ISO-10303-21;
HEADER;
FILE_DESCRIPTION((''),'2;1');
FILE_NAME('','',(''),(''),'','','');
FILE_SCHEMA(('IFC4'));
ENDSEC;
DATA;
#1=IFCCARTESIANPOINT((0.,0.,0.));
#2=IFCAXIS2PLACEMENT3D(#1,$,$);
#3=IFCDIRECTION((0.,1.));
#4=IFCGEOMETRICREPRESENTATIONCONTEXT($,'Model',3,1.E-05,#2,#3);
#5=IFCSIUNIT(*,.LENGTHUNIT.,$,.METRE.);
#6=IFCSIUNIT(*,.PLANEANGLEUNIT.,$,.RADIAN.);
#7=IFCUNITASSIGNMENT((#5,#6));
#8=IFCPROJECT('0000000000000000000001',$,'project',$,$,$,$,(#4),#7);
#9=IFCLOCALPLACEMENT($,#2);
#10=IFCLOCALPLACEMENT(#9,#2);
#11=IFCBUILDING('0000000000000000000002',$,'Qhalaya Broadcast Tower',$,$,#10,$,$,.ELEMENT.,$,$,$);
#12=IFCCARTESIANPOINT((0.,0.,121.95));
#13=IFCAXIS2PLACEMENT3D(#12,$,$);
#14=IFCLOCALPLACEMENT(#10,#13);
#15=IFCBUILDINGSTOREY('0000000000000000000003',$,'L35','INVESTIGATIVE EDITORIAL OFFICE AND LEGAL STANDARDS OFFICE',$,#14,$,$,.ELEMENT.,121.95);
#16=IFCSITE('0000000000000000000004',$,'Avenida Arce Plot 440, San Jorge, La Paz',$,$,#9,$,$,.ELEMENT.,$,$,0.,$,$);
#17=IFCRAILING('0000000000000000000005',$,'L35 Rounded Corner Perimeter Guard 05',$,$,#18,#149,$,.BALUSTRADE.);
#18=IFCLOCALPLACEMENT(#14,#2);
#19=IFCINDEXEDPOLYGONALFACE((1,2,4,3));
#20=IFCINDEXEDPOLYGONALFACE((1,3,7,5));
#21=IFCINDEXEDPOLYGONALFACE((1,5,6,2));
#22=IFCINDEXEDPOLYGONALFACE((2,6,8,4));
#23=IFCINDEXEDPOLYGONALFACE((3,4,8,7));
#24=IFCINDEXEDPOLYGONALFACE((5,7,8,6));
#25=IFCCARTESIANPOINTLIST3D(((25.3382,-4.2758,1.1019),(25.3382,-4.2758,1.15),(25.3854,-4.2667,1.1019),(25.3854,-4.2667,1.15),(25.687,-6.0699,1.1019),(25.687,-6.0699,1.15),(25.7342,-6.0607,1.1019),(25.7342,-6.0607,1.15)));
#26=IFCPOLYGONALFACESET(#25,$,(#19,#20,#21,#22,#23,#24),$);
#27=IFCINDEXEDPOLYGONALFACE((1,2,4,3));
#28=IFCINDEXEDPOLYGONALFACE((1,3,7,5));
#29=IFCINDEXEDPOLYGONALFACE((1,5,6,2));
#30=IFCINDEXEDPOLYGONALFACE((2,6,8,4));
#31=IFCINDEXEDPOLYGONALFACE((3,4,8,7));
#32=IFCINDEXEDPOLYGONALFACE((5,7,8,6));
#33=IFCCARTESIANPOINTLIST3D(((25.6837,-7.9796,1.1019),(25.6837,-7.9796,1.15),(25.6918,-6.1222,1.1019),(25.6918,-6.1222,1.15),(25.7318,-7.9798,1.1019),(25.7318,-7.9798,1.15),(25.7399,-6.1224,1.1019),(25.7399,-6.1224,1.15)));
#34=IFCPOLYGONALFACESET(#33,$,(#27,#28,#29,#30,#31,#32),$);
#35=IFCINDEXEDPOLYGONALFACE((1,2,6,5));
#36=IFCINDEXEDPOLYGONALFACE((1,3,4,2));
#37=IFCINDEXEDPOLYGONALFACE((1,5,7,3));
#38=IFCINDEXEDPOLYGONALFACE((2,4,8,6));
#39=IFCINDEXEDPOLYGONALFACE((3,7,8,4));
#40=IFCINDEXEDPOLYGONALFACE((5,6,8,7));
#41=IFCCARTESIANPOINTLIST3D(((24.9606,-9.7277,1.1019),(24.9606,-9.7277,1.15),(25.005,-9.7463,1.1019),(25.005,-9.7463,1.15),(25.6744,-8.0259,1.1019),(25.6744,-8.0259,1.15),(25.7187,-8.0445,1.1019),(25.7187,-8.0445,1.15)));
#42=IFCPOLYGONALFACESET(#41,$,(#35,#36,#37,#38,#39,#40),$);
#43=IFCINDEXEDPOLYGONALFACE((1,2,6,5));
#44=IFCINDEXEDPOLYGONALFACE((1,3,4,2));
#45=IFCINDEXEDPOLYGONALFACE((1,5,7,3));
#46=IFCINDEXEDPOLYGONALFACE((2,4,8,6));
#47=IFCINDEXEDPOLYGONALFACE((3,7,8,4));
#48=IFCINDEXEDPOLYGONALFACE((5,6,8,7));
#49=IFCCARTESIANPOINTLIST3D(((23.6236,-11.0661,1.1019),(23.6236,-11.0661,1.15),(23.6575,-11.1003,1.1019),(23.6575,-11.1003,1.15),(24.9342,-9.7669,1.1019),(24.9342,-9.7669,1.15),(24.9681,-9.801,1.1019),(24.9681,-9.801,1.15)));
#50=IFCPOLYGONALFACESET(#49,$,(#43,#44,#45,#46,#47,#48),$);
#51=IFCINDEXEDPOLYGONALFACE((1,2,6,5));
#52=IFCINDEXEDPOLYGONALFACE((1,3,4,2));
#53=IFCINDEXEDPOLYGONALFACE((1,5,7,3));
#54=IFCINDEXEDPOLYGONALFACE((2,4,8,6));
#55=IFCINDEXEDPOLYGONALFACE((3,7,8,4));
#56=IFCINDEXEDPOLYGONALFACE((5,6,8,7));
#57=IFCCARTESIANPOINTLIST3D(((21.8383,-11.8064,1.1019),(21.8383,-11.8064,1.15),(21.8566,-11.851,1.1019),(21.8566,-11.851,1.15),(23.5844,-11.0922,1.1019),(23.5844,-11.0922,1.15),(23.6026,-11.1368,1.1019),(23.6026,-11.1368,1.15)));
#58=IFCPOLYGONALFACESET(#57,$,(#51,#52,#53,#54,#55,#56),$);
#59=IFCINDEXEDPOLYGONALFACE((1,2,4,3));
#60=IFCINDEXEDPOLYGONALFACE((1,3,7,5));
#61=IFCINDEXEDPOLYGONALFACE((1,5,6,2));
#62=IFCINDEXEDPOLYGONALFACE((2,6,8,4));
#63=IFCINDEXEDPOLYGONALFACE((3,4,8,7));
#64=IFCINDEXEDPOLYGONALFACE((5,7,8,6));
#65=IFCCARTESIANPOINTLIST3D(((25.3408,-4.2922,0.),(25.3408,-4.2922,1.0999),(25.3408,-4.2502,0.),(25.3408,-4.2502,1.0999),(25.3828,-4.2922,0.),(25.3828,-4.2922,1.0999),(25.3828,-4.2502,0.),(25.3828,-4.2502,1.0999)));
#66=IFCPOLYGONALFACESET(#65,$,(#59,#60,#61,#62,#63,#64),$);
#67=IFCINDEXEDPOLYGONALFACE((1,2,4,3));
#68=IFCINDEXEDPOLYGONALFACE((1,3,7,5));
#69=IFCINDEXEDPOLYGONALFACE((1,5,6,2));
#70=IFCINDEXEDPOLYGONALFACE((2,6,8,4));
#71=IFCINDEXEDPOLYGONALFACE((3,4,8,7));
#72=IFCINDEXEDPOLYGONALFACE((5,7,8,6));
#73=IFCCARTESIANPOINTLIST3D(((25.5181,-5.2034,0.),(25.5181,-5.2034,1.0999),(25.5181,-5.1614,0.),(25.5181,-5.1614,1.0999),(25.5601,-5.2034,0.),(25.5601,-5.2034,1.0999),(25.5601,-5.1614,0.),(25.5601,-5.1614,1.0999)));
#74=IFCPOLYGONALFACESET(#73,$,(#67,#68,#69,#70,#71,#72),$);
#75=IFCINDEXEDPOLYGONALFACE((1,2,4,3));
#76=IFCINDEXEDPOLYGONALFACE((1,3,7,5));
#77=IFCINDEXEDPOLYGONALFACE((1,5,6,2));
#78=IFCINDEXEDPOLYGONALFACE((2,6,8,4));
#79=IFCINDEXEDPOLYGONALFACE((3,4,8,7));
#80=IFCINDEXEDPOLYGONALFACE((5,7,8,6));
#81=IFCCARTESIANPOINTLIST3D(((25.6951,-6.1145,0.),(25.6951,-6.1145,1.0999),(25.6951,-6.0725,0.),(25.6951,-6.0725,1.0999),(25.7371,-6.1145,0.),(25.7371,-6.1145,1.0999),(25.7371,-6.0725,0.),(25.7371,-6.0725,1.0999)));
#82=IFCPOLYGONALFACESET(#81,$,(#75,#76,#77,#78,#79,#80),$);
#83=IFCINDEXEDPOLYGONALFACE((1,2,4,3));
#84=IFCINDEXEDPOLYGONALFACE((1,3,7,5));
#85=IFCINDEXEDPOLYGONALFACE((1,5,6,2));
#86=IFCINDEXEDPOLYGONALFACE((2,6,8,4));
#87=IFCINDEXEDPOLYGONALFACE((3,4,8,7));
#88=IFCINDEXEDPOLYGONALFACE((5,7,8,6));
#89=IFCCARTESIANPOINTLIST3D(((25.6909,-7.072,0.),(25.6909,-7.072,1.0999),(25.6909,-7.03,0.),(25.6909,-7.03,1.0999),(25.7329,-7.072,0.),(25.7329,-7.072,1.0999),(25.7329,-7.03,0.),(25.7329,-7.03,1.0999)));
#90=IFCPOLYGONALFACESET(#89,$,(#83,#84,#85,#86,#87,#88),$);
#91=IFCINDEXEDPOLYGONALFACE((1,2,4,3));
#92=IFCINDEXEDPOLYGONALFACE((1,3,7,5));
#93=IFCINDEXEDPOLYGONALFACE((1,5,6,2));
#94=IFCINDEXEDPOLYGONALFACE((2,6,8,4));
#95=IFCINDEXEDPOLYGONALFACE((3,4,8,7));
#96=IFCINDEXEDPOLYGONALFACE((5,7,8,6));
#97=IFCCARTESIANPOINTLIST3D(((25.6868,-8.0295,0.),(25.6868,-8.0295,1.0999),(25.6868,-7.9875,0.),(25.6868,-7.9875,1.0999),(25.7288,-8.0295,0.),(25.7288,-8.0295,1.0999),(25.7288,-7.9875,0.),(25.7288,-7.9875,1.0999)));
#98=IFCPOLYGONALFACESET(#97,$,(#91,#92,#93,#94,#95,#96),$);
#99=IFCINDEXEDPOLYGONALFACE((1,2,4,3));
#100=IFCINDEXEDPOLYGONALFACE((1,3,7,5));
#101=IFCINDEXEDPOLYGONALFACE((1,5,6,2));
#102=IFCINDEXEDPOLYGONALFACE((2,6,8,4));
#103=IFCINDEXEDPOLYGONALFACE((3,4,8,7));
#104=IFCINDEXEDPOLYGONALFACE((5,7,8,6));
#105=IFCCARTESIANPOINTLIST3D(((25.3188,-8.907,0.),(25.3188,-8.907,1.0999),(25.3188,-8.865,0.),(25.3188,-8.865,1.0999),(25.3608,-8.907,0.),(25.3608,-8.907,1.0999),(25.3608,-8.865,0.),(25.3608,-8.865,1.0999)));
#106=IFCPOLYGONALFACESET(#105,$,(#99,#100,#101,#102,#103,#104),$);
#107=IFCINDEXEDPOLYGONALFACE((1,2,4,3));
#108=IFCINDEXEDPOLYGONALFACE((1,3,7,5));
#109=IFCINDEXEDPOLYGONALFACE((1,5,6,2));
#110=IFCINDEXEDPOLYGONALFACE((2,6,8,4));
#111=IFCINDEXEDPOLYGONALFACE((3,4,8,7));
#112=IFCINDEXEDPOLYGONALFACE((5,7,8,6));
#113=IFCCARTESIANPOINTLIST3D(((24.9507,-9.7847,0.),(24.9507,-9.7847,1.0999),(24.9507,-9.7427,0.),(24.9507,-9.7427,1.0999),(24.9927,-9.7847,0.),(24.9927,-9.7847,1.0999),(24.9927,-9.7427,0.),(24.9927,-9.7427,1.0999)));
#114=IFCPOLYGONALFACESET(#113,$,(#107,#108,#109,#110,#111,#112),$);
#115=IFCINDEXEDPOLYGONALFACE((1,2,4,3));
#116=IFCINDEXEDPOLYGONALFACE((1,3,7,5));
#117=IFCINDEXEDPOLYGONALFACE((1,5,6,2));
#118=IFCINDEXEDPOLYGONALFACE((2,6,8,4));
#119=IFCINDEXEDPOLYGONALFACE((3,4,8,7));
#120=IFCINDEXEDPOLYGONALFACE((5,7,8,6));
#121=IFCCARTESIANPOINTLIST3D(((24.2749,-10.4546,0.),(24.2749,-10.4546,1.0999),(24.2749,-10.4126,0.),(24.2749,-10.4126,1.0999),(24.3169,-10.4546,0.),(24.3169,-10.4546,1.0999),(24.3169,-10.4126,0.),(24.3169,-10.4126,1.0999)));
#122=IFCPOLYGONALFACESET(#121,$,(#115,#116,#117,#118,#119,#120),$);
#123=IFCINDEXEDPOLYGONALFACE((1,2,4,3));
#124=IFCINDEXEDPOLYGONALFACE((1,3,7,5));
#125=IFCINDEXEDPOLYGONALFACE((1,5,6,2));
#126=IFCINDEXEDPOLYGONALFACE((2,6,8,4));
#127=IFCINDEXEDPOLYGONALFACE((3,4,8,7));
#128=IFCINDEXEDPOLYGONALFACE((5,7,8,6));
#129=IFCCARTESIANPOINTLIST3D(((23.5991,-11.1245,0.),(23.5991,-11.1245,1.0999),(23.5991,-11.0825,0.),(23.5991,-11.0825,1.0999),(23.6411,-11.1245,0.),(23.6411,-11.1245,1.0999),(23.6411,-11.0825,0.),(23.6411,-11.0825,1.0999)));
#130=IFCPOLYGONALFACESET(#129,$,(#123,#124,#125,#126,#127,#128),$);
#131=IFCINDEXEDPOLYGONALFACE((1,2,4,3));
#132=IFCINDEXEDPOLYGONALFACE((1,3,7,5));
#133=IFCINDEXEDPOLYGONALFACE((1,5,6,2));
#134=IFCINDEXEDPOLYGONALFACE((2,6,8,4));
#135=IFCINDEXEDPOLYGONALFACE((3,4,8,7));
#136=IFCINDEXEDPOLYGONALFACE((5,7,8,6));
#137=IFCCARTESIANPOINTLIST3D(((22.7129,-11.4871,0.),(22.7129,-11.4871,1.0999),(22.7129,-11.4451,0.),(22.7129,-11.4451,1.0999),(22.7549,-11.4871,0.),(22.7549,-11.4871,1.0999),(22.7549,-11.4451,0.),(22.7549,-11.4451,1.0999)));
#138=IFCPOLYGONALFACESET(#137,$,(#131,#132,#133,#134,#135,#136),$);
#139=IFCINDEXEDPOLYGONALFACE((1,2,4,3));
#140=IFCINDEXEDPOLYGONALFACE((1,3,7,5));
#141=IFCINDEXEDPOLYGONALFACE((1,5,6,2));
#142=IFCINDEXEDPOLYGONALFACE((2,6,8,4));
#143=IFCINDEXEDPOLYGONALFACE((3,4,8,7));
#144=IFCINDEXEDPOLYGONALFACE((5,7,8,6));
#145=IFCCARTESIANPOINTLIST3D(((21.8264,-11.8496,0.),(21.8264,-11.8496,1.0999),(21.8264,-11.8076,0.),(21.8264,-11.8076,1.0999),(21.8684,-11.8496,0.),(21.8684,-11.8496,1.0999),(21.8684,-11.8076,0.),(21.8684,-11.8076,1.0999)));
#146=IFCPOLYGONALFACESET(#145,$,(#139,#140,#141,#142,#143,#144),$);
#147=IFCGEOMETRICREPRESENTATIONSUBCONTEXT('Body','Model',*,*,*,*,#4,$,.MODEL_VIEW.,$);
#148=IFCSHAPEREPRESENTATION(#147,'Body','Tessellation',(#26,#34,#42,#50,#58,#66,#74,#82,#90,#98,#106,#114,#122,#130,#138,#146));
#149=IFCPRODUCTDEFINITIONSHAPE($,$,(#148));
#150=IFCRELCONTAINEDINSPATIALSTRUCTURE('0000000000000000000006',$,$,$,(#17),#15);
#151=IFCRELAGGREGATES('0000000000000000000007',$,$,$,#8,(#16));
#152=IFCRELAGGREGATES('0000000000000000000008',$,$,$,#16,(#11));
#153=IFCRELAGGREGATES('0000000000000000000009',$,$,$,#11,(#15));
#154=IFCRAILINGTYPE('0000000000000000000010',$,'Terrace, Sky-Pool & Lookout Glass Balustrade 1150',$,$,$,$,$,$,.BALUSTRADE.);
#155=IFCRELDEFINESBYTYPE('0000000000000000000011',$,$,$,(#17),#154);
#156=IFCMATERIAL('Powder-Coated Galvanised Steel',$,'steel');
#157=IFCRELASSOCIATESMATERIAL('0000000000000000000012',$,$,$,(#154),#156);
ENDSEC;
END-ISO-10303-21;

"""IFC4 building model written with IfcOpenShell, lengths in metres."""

from ifc_helpers import new_model, si_unit, direction, frame, origin, origin_2d, place, context, subcontext, project, spatial, rectangle, extrude, material, type_object, element, save


model = new_model("IFC4")

# Units and contexts
model_context = context("Model", 3, precision=1e-05, world=origin(), true_north=direction((0.0, 1.0)))
body_context = subcontext(model_context, "Body", "Model", "MODEL_VIEW")
ifc_project = project(units=[si_unit("LENGTHUNIT", "METRE"), si_unit("PLANEANGLEUNIT", "RADIAN")], contexts=[model_context])

# Site, building, storey
site_placement = place(None, origin())
site = spatial("IfcSite", under=ifc_project, at=site_placement, Name="Avenida Arce Plot 440, San Jorge, La Paz", CompositionType="ELEMENT", RefElevation=0.0)
building_placement = place(site_placement, origin())
building = spatial("IfcBuilding", under=site, at=building_placement, Name="Qhalaya Broadcast Tower", CompositionType="ELEMENT")
storey_placement = place(building_placement, frame((0.0, 0.0, 121.95)))
storey = spatial("IfcBuildingStorey", under=building, at=storey_placement, Name="L35", Description="INVESTIGATIVE EDITORIAL OFFICE AND LEGAL STANDARDS OFFICE", CompositionType="ELEMENT", Elevation=121.95)

# Railing
ifc_material_1 = material(Name="Powder-Coated Galvanised Steel", Category="steel")
railing_type = type_object("IfcRailingType", Name="Terrace, Sky-Pool & Lookout Glass Balustrade 1150", PredefinedType="BALUSTRADE", material=ifc_material_1)
railing_1_placement = place(storey_placement, frame((25.3618, -4.2712, 0.0)))
element("IfcRailing", 1, at=railing_1_placement, inside=storey, type_object=railing_type, Name="L35 Rounded Corner Perimeter Guard 05", PredefinedType="BALUSTRADE", context=body_context, shape_type="SweptSolid", body=[
    extrude(rectangle(XDim=0.0481, YDim=0.0481, at=origin_2d()), frame((0.0, 0.0, 1.126), z_axis=(0.190827, -0.981624, 0.0), x_axis=(0.981624, 0.190827, 0.0)), (0.0, 0.0, 1.0), 1.8276),
    extrude(rectangle(XDim=0.0481, YDim=0.0481, at=origin_2d()), frame((0.354, -1.8511, 1.126), z_axis=(-0.004334, -0.999991, 0.0), x_axis=(0.999991, -0.004334, 0.0)), (0.0, 0.0, 1.0), 1.8574),
    extrude(rectangle(XDim=0.0481, YDim=0.0481, at=origin_2d()), frame((0.3347, -3.7639, 1.126), z_axis=(-0.386755, -0.922183, 0.0), x_axis=(0.922183, -0.386755, 0.0)), (0.0, 0.0, 1.0), 1.8455),
    extrude(rectangle(XDim=0.0481, YDim=0.0481, at=origin_2d()), frame((-0.4106, -5.5127, 1.126), z_axis=(-0.710179, -0.704021, 0.0), x_axis=(0.704021, -0.710179, 0.0)), (0.0, 0.0, 1.0), 1.8455),
    extrude(rectangle(XDim=0.0481, YDim=0.0481, at=origin_2d()), frame((-1.7683, -6.8433, 1.126), z_axis=(-0.925565, -0.378588, 0.0), x_axis=(0.378588, -0.925565, 0.0)), (0.0, 0.0, 1.0), 1.8865),
    extrude(rectangle(XDim=0.042, YDim=0.042, at=origin_2d()), origin(), (0.0, 0.0, 1.0), 1.0999),
    extrude(rectangle(XDim=0.042, YDim=0.042, at=origin_2d()), frame((0.1772, -0.9111, 0.0)), (0.0, 0.0, 1.0), 1.0999),
    extrude(rectangle(XDim=0.042, YDim=0.042, at=origin_2d()), frame((0.3542, -1.8223, 0.0)), (0.0, 0.0, 1.0), 1.0999),
    extrude(rectangle(XDim=0.042, YDim=0.042, at=origin_2d()), frame((0.3501, -2.7798, 0.0)), (0.0, 0.0, 1.0), 1.0999),
    extrude(rectangle(XDim=0.042, YDim=0.042, at=origin_2d()), frame((0.3459, -3.7373, 0.0)), (0.0, 0.0, 1.0), 1.0999),
    extrude(rectangle(XDim=0.042, YDim=0.042, at=origin_2d()), frame((-0.022, -4.6147, 0.0)), (0.0, 0.0, 1.0), 1.0999),
    extrude(rectangle(XDim=0.042, YDim=0.042, at=origin_2d()), frame((-0.3901, -5.4924, 0.0)), (0.0, 0.0, 1.0), 1.0999),
    extrude(rectangle(XDim=0.042, YDim=0.042, at=origin_2d()), frame((-1.0659, -6.1624, 0.0)), (0.0, 0.0, 1.0), 1.0999),
    extrude(rectangle(XDim=0.042, YDim=0.042, at=origin_2d()), frame((-1.7417, -6.8323, 0.0)), (0.0, 0.0, 1.0), 1.0999),
    extrude(rectangle(XDim=0.042, YDim=0.042, at=origin_2d()), frame((-2.6279, -7.1948, 0.0)), (0.0, 0.0, 1.0), 1.0999),
    extrude(rectangle(XDim=0.042, YDim=0.042, at=origin_2d()), frame((-3.5144, -7.5574, 0.0)), (0.0, 0.0, 1.0), 1.0999),
])

save(model, "model.ifc")
